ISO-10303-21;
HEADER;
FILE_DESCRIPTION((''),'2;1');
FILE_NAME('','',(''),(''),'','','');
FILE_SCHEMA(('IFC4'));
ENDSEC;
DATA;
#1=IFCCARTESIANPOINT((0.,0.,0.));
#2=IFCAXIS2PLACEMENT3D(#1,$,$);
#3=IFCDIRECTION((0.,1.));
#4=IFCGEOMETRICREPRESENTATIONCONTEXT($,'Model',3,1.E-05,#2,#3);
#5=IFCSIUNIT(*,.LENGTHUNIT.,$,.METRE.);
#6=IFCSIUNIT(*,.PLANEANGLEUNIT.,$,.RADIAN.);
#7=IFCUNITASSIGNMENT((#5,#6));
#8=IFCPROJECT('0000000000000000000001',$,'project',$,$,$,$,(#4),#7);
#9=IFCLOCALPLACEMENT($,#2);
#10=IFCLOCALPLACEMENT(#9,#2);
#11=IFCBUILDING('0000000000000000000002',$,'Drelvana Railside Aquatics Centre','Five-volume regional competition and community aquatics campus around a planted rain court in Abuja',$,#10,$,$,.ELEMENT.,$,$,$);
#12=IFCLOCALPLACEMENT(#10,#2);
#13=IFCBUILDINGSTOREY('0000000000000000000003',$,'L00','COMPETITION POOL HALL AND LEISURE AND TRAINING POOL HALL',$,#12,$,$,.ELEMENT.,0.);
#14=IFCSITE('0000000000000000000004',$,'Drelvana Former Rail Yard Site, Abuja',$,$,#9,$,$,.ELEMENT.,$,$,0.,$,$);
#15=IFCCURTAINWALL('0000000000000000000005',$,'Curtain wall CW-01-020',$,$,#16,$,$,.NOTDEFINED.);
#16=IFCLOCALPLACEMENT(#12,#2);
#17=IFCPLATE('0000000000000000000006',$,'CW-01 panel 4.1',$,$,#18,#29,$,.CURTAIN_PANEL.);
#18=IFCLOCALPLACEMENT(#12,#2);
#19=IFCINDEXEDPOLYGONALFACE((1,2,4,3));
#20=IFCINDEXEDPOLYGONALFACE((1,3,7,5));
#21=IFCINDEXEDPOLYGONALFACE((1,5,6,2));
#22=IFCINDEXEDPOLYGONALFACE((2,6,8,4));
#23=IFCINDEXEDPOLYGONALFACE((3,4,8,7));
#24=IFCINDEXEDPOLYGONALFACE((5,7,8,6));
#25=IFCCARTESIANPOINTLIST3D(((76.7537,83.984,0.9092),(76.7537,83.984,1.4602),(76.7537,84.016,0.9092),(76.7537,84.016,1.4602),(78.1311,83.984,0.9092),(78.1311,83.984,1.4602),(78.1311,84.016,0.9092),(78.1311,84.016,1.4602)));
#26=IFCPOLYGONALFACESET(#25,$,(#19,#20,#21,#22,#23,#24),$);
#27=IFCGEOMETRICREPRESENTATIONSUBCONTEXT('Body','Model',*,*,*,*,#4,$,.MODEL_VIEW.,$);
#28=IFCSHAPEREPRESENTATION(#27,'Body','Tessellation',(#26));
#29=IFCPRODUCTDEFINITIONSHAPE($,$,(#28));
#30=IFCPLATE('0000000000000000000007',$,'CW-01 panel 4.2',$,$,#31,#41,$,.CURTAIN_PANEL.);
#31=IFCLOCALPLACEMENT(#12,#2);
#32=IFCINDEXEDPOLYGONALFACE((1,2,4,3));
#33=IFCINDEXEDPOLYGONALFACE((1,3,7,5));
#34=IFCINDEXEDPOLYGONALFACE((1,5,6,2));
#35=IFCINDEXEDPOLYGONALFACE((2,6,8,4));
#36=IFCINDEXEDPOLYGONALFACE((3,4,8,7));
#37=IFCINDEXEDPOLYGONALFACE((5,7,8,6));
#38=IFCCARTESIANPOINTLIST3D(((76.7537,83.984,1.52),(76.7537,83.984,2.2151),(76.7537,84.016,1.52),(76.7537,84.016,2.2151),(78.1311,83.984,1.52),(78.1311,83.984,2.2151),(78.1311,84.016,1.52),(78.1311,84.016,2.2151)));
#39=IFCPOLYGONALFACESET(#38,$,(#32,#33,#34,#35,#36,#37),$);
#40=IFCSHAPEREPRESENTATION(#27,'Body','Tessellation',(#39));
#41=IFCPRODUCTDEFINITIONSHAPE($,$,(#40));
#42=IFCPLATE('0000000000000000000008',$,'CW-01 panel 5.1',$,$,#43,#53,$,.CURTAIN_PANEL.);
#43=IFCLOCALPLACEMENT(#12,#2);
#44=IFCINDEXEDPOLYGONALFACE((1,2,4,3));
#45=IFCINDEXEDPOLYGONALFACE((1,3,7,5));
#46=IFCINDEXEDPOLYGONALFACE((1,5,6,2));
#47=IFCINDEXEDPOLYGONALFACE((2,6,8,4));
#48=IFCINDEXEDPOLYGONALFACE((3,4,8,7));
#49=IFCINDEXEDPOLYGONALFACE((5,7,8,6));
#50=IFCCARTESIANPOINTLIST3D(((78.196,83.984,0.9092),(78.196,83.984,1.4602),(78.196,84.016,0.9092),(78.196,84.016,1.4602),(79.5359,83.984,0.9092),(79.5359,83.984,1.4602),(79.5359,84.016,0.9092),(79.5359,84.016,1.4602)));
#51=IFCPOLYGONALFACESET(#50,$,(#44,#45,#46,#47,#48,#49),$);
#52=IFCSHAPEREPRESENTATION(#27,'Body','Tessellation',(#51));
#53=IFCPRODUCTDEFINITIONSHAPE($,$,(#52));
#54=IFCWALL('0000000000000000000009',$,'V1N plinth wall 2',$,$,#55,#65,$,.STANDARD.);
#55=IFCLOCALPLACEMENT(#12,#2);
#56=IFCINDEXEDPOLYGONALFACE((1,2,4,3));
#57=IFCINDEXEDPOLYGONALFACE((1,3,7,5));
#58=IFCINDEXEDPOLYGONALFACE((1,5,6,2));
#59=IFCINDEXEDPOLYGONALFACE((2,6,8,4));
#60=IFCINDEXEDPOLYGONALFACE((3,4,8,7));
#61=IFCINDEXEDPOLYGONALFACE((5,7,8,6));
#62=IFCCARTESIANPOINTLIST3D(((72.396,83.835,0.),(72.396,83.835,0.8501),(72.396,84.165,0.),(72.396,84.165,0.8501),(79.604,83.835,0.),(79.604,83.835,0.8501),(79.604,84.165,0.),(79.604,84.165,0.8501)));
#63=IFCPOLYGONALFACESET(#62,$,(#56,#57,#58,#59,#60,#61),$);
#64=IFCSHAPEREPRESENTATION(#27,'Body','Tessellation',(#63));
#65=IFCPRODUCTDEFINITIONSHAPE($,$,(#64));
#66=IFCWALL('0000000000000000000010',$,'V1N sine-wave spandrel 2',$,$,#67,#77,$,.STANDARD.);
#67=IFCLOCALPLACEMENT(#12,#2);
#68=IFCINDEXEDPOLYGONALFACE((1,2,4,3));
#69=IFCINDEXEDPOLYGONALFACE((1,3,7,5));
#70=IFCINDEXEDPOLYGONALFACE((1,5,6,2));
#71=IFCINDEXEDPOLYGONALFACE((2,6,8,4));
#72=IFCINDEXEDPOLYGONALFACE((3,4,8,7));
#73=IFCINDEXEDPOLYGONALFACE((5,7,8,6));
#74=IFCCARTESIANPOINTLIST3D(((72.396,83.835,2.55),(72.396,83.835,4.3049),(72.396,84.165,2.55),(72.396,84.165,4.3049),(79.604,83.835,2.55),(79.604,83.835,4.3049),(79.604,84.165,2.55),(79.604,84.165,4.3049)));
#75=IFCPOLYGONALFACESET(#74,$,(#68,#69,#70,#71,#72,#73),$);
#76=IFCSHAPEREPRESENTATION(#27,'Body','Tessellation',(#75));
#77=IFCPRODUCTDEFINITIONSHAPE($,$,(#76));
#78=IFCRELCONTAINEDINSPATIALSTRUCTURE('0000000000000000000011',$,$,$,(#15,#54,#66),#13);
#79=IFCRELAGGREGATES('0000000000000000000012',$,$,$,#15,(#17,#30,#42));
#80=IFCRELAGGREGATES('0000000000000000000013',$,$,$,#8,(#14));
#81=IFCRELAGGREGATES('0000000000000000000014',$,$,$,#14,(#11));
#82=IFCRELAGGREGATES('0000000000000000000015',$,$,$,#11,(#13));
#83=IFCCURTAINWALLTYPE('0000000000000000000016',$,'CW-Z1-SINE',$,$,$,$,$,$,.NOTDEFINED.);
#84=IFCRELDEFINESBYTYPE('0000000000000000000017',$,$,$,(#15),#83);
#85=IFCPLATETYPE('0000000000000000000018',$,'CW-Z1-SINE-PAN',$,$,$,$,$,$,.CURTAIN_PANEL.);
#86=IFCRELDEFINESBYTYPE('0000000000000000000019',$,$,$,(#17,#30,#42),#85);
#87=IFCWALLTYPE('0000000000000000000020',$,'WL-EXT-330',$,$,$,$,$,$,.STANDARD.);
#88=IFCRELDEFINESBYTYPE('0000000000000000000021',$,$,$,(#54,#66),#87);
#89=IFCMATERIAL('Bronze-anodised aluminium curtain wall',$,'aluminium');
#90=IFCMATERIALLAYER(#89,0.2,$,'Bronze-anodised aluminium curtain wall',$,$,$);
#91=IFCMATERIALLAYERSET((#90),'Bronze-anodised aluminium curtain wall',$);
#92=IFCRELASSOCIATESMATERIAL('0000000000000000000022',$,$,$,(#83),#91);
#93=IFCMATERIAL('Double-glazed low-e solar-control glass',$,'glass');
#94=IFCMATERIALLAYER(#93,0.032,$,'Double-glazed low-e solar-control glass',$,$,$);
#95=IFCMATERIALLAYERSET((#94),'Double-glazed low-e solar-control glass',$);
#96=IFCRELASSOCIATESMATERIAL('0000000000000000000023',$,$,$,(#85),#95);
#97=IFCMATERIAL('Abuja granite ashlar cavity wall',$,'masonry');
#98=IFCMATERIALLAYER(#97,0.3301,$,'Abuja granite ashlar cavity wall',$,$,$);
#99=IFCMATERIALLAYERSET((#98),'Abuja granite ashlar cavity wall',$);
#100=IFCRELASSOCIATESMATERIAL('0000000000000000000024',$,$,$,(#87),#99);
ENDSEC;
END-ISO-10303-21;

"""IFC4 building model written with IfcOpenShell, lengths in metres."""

from ifc_helpers import new_model, si_unit, direction, frame, frame_2d, origin, origin_2d, place, context, subcontext, project, spatial, rectangle, extrude, material, layer, layer_set, type_object, element, aggregate, save


model = new_model("IFC4")

# Units and contexts
model_context = context("Model", 3, precision=1e-05, world=origin(), true_north=direction((0.0, 1.0)))
body_context = subcontext(model_context, "Body", "Model", "MODEL_VIEW")
ifc_project = project(units=[si_unit("LENGTHUNIT", "METRE"), si_unit("PLANEANGLEUNIT", "RADIAN")], contexts=[model_context])

# Site, building, storey
site_placement = place(None, origin())
site = spatial("IfcSite", under=ifc_project, at=site_placement, Name="Drelvana Former Rail Yard Site, Abuja", CompositionType="ELEMENT", RefElevation=0.0)
building_placement = place(site_placement, origin())
building = spatial("IfcBuilding", under=site, at=building_placement, Name="Drelvana Railside Aquatics Centre", Description="Five-volume regional competition and community aquatics campus around a planted rain court in Abuja", CompositionType="ELEMENT")
storey_placement = place(building_placement, origin())
storey = spatial("IfcBuildingStorey", under=building, at=storey_placement, Name="L00", Description="COMPETITION POOL HALL AND LEISURE AND TRAINING POOL HALL", CompositionType="ELEMENT", Elevation=0.0)

# Curtain wall
ifc_material_1 = material(Name="Bronze-anodised aluminium curtain wall", Category="aluminium")
ifc_layer_1 = layer(ifc_material_1, 0.2, Name="Bronze-anodised aluminium curtain wall")
ifc_layer_set_1 = layer_set([ifc_layer_1], Name="Bronze-anodised aluminium curtain wall")
curtain_wall_type = type_object("IfcCurtainWallType", Name="CW-Z1-SINE", PredefinedType="NOTDEFINED", material=ifc_layer_set_1)
curtain_wall_placement = place(storey_placement, origin())
curtain_wall = element("IfcCurtainWall", 1, at=curtain_wall_placement, inside=storey, type_object=curtain_wall_type, Name="Curtain wall CW-01-020", PredefinedType="NOTDEFINED")

# Plates
ifc_material_2 = material(Name="Double-glazed low-e solar-control glass", Category="glass")
ifc_layer_2 = layer(ifc_material_2, 0.032, Name="Double-glazed low-e solar-control glass")
ifc_layer_set_2 = layer_set([ifc_layer_2], Name="Double-glazed low-e solar-control glass")
plate_type = type_object("IfcPlateType", Name="CW-Z1-SINE-PAN", PredefinedType="CURTAIN_PANEL", material=ifc_layer_set_2)
plate_1_placement = place(storey_placement, frame((77.4424, 84.0, 0.9092), z_axis=(0.0, 0.0, 1.0), x_axis=(1.0, 0.0, 0.0)))
plate_1 = element("IfcPlate", 2, at=plate_1_placement, type_object=plate_type, Name="CW-01 panel 4.1", PredefinedType="CURTAIN_PANEL", context=body_context, shape_type="SweptSolid", body=[
    extrude(rectangle(XDim=1.3774, YDim=0.032, at=origin_2d()), origin(), (0.0, 0.0, 1.0), 0.551),
])
plate_2_placement = place(storey_placement, frame((77.4424, 84.0, 1.52), z_axis=(0.0, 0.0, 1.0), x_axis=(1.0, 0.0, 0.0)))
plate_2 = element("IfcPlate", 3, at=plate_2_placement, type_object=plate_type, Name="CW-01 panel 4.2", PredefinedType="CURTAIN_PANEL", context=body_context, shape_type="SweptSolid", body=[
    extrude(rectangle(XDim=1.3774, YDim=0.032, at=origin_2d()), origin(), (0.0, 0.0, 1.0), 0.6951),
])
plate_3_placement = place(storey_placement, frame((78.866, 84.0, 0.9092), z_axis=(0.0, 0.0, 1.0), x_axis=(1.0, 0.0, 0.0)))
plate_3 = element("IfcPlate", 4, at=plate_3_placement, type_object=plate_type, Name="CW-01 panel 5.1", PredefinedType="CURTAIN_PANEL", context=body_context, shape_type="SweptSolid", body=[
    extrude(rectangle(XDim=1.3398, YDim=0.032, at=origin_2d()), origin(), (0.0, 0.0, 1.0), 0.551),
])
aggregate(curtain_wall, [plate_1, plate_2, plate_3])

# Walls
ifc_material_3 = material(Name="Abuja granite ashlar cavity wall", Category="masonry")
ifc_layer_3 = layer(ifc_material_3, 0.3301, Name="Abuja granite ashlar cavity wall")
ifc_layer_set_3 = layer_set([ifc_layer_3], Name="Abuja granite ashlar cavity wall")
wall_type = type_object("IfcWallType", Name="WL-EXT-330", PredefinedType="STANDARD", material=ifc_layer_set_3)
wall_1_placement = place(storey_placement, frame((72.396, 84.0, 0.0), z_axis=(0.0, 0.0, 1.0), x_axis=(1.0, 0.0, 0.0)))
element("IfcWall", 5, at=wall_1_placement, inside=storey, type_object=wall_type, Name="V1N plinth wall 2", PredefinedType="STANDARD", context=body_context, shape_type="SweptSolid", body=[
    extrude(rectangle(XDim=7.208, YDim=0.3301, at=frame_2d((3.604, 0.0))), origin(), (0.0, 0.0, 1.0), 0.8501),
])
wall_2_placement = place(storey_placement, frame((72.396, 84.0, 2.55), z_axis=(0.0, 0.0, 1.0), x_axis=(1.0, 0.0, 0.0)))
element("IfcWall", 6, at=wall_2_placement, inside=storey, type_object=wall_type, Name="V1N sine-wave spandrel 2", PredefinedType="STANDARD", context=body_context, shape_type="SweptSolid", body=[
    extrude(rectangle(XDim=7.208, YDim=0.3301, at=frame_2d((3.604, 0.0))), origin(), (0.0, 0.0, 1.0), 1.7549),
])

save(model, "model.ifc")
